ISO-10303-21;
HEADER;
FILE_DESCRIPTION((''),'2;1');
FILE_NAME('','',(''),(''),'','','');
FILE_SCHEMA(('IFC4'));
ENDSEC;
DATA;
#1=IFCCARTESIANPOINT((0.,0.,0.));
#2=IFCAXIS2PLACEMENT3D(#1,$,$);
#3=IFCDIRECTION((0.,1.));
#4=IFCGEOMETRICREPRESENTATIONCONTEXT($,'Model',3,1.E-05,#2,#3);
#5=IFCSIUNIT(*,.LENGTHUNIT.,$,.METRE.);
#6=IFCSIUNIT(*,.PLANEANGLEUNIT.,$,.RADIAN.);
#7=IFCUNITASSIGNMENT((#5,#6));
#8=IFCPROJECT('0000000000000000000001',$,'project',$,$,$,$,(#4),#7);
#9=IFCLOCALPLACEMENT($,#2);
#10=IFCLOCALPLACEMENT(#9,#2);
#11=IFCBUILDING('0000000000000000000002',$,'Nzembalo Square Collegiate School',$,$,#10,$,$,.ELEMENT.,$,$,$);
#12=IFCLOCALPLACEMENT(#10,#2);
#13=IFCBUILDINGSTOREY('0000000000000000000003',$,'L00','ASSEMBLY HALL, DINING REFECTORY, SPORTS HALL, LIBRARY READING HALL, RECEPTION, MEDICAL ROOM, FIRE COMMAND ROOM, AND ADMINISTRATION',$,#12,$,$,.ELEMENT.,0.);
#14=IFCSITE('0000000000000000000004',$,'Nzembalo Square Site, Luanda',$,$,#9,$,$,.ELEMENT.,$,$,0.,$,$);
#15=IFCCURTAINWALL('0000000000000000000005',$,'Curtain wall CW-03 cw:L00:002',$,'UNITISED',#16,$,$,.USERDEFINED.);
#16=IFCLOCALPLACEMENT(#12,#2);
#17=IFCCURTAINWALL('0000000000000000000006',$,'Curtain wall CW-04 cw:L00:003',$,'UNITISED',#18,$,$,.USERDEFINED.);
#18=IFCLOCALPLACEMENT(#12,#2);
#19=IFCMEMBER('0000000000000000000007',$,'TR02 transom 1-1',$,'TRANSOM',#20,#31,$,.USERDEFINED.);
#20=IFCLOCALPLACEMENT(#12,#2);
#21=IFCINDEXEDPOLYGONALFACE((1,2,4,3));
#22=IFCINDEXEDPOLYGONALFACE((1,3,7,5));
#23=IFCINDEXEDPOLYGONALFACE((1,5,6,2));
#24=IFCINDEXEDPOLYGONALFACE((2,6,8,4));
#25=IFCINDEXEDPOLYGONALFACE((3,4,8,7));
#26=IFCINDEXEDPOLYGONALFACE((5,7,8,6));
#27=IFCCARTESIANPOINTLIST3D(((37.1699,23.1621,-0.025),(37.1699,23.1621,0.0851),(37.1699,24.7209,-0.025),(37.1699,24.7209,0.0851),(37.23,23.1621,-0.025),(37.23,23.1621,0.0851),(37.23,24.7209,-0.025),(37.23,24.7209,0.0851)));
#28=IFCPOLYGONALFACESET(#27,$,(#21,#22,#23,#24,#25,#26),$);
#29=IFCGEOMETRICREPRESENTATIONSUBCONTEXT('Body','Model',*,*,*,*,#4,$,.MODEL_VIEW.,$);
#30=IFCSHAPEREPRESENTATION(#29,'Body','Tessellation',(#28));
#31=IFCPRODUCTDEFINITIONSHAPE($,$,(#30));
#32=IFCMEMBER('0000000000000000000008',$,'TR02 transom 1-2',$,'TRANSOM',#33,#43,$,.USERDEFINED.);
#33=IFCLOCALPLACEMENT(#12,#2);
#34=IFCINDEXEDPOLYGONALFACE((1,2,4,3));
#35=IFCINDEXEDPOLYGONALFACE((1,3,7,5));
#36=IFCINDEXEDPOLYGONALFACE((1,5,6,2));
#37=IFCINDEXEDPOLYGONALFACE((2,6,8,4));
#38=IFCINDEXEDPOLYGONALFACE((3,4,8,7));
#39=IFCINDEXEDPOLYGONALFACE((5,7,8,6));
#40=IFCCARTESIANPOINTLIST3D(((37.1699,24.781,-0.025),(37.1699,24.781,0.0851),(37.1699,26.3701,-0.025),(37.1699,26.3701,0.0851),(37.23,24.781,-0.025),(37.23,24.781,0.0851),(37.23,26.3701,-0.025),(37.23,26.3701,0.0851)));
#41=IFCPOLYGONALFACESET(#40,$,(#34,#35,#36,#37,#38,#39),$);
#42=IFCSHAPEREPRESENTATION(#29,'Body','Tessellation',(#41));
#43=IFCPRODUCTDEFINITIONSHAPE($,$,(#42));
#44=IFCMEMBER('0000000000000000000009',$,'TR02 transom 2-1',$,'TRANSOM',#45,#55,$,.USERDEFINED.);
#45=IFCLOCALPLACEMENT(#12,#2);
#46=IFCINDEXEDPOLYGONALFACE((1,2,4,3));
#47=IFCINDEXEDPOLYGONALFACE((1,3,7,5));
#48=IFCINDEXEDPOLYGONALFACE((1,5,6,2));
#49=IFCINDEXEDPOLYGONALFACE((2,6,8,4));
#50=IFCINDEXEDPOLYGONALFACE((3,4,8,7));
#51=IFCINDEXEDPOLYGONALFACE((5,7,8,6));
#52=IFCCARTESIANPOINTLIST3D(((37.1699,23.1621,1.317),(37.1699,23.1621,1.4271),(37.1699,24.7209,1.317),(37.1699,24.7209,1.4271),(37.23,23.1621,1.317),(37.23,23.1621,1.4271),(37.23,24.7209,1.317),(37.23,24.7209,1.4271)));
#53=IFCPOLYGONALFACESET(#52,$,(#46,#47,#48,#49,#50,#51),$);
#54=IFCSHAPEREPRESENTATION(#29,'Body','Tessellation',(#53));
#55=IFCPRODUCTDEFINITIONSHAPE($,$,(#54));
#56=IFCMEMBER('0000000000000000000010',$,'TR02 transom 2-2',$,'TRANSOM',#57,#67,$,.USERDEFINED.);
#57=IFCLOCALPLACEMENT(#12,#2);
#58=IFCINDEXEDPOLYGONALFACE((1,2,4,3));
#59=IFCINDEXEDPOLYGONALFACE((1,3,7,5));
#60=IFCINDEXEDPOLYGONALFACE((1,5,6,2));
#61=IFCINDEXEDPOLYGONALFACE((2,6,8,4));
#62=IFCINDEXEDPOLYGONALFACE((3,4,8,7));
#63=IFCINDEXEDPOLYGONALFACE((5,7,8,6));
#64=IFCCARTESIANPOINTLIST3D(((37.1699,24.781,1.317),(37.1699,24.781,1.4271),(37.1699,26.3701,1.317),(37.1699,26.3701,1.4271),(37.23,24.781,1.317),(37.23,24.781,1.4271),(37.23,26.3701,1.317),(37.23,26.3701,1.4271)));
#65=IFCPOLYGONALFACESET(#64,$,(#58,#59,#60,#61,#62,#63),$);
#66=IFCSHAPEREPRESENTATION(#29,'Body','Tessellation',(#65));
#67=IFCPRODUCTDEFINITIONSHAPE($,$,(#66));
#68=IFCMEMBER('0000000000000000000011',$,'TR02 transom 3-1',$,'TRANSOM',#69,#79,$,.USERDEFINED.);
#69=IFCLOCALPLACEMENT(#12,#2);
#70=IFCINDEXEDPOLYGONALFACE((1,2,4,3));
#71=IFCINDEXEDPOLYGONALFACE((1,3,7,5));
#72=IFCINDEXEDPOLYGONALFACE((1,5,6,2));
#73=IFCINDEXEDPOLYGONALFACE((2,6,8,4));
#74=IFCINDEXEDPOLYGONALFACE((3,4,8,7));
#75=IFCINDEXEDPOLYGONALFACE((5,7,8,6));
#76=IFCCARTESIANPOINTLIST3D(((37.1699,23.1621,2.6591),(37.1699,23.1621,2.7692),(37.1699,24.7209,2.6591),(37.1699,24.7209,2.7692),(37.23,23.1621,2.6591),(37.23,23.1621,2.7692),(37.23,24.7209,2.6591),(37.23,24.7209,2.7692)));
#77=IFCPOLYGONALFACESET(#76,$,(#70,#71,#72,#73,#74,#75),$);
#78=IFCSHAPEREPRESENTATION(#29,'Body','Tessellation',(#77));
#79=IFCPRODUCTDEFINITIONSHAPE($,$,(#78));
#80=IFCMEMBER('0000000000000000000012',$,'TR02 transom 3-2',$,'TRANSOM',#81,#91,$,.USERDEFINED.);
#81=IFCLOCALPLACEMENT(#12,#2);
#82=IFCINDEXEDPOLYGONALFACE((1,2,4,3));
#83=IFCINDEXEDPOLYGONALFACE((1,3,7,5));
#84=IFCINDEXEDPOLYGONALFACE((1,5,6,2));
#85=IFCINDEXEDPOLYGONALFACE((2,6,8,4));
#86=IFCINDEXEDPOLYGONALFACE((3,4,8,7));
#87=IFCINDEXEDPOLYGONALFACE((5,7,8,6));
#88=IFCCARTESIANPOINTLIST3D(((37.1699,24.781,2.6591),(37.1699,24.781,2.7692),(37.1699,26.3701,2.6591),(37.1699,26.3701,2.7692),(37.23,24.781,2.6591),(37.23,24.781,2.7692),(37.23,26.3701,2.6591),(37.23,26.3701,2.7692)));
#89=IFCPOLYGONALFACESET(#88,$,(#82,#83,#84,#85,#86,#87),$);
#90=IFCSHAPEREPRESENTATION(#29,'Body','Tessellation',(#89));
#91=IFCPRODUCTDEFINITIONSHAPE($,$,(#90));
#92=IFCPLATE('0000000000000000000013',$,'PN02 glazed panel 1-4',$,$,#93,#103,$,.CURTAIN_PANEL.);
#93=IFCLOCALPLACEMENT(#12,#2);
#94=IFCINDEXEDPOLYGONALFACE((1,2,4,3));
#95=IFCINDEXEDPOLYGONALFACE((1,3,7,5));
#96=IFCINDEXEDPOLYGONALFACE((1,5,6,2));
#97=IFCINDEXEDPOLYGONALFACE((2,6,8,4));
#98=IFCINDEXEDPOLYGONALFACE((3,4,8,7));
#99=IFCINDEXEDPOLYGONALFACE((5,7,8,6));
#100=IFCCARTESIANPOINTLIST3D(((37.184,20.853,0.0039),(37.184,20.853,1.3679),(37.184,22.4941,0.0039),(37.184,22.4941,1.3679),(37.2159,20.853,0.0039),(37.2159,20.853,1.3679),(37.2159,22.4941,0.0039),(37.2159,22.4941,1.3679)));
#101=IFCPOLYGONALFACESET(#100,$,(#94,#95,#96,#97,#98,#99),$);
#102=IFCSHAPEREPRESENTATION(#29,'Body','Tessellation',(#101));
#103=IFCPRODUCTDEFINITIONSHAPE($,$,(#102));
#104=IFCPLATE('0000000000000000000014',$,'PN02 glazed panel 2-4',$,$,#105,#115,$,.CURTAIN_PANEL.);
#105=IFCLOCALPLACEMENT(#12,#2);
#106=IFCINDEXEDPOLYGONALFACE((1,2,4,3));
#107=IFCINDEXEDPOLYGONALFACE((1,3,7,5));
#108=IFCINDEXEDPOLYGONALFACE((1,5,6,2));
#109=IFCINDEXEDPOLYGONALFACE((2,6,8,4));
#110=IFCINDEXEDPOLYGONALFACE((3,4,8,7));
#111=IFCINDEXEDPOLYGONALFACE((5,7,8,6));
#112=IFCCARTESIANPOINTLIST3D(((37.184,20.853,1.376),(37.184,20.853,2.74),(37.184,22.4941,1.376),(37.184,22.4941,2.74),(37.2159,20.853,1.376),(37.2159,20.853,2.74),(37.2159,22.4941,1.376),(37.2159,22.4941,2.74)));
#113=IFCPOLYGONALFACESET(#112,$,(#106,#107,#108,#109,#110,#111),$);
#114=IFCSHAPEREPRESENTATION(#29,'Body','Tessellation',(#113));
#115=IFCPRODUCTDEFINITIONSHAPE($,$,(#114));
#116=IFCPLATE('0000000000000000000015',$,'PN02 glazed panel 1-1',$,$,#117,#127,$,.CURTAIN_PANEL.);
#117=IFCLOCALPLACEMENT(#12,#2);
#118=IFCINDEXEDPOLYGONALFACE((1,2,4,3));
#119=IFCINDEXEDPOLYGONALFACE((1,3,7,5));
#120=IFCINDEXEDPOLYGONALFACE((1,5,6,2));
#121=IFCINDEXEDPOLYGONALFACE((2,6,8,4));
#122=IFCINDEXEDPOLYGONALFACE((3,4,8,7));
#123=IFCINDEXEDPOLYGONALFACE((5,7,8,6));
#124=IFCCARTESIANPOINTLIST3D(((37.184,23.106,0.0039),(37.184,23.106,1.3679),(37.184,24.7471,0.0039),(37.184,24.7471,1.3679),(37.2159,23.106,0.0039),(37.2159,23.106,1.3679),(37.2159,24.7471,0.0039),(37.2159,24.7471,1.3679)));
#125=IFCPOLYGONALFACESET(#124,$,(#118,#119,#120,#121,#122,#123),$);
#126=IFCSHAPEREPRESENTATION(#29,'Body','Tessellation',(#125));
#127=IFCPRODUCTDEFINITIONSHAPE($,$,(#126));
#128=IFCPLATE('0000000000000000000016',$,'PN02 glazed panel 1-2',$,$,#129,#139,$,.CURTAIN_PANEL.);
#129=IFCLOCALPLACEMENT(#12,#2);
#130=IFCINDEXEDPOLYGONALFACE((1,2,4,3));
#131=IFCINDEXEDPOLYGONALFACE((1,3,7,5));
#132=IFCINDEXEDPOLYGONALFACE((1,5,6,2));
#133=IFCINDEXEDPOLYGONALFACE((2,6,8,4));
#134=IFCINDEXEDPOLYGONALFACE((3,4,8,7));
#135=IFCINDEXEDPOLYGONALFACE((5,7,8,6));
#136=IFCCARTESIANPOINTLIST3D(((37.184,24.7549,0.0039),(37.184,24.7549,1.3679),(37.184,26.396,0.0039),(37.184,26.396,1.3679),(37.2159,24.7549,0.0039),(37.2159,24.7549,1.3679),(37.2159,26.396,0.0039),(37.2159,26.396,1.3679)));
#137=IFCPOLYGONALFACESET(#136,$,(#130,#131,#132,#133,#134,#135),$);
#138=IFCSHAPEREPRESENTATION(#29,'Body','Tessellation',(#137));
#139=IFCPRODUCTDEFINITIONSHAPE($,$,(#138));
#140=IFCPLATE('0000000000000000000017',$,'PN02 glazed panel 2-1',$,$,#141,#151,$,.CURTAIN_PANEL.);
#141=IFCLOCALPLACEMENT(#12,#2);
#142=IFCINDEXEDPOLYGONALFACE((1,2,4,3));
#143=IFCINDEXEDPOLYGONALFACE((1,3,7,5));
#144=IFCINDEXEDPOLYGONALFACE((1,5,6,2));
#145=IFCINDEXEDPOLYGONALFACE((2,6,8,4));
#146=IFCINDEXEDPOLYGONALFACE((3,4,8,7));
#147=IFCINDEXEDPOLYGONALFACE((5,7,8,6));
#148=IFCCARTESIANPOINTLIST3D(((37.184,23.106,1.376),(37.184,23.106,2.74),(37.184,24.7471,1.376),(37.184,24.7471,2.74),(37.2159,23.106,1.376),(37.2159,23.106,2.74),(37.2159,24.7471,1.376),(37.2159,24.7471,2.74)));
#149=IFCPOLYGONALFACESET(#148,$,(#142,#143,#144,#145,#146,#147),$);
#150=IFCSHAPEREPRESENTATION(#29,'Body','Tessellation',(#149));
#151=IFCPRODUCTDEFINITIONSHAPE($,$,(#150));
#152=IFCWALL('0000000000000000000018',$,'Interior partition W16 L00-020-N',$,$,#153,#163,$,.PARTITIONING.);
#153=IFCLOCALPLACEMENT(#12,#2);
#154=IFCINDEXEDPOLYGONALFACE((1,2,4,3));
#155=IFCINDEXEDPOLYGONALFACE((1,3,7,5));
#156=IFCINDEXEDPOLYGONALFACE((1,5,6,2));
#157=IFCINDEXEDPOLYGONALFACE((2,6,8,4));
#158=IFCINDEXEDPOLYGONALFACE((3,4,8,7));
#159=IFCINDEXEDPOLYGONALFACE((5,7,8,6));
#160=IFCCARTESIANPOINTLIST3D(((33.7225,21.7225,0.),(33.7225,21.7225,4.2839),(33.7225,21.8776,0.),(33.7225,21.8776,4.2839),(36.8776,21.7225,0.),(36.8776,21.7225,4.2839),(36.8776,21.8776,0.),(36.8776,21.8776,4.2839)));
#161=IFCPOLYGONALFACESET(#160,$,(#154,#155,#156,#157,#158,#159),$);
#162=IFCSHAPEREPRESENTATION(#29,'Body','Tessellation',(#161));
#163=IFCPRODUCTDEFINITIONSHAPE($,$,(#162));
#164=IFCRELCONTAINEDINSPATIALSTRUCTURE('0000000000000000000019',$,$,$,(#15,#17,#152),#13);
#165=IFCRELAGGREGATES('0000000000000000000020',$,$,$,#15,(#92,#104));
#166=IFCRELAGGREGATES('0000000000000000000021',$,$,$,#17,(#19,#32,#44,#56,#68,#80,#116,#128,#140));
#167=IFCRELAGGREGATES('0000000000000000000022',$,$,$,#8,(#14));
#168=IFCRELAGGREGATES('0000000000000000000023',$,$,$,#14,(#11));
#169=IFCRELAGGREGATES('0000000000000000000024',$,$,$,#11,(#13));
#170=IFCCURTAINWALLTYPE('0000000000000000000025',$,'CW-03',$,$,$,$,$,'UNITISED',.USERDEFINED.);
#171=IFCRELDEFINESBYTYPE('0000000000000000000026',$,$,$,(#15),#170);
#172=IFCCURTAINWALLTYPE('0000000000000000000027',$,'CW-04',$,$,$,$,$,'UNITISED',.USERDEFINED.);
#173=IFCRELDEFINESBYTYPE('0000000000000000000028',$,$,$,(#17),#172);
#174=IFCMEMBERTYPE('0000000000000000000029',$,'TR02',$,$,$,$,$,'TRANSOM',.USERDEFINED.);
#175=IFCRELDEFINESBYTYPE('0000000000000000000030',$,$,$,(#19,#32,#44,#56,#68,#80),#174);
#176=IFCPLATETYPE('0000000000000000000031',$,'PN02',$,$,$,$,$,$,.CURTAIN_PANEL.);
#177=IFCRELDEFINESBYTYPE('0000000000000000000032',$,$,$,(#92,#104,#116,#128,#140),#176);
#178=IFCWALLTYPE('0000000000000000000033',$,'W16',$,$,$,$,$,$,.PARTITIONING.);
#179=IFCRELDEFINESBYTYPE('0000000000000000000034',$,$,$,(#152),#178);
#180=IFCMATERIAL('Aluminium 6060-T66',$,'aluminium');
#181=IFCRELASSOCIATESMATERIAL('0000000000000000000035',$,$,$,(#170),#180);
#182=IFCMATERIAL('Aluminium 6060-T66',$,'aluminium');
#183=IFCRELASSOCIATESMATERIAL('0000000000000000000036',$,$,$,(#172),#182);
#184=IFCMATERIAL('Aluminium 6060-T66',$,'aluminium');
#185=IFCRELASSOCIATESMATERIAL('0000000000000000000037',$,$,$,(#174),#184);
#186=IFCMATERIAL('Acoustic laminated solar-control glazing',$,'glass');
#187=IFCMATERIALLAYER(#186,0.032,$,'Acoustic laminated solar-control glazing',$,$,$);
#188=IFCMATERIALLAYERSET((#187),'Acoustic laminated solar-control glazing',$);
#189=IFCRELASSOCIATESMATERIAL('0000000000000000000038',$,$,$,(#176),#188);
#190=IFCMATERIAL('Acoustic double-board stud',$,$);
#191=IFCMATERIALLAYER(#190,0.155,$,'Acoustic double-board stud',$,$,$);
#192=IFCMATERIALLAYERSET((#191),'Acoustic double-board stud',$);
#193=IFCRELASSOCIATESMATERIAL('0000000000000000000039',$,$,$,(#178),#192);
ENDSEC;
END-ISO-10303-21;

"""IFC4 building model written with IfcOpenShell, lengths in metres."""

from ifc_helpers import new_model, si_unit, direction, frame, frame_2d, origin, origin_2d, place, context, subcontext, project, spatial, rectangle, extrude, material, layer, layer_set, material_profile, profile_set, type_object, element, aggregate, save


model = new_model("IFC4")

# Units and contexts
model_context = context("Model", 3, precision=1e-05, world=origin(), true_north=direction((0.0, 1.0)))
body_context = subcontext(model_context, "Body", "Model", "MODEL_VIEW")
ifc_project = project(units=[si_unit("LENGTHUNIT", "METRE"), si_unit("PLANEANGLEUNIT", "RADIAN")], contexts=[model_context])

# Site, building, storey
site_placement = place(None, origin())
site = spatial("IfcSite", under=ifc_project, at=site_placement, Name="Nzembalo Square Site, Luanda", CompositionType="ELEMENT", RefElevation=0.0)
building_placement = place(site_placement, origin())
building = spatial("IfcBuilding", under=site, at=building_placement, Name="Nzembalo Square Collegiate School", CompositionType="ELEMENT")
storey_placement = place(building_placement, origin())
storey = spatial("IfcBuildingStorey", under=building, at=storey_placement, Name="L00", Description="ASSEMBLY HALL, DINING REFECTORY, SPORTS HALL, LIBRARY READING HALL, RECEPTION, MEDICAL ROOM, FIRE COMMAND ROOM, AND ADMINISTRATION", CompositionType="ELEMENT", Elevation=0.0)

# Curtain wall
ifc_material_1 = material(Name="Aluminium 6060-T66", Category="aluminium")
curtain_wall_type_1 = type_object("IfcCurtainWallType", Name="CW-03", ElementType="UNITISED", PredefinedType="USERDEFINED", material=ifc_material_1)
curtain_wall_1_placement = place(storey_placement, origin())
curtain_wall_1 = element("IfcCurtainWall", 1, at=curtain_wall_1_placement, inside=storey, type_object=curtain_wall_type_1, Name="Curtain wall CW-03 cw:L00:002", ObjectType="UNITISED", PredefinedType="USERDEFINED")

# Curtain wall
ifc_material_2 = material(Name="Aluminium 6060-T66", Category="aluminium")
curtain_wall_type_2 = type_object("IfcCurtainWallType", Name="CW-04", ElementType="UNITISED", PredefinedType="USERDEFINED", material=ifc_material_2)
curtain_wall_2_placement = place(storey_placement, origin())
curtain_wall_2 = element("IfcCurtainWall", 2, at=curtain_wall_2_placement, inside=storey, type_object=curtain_wall_type_2, Name="Curtain wall CW-04 cw:L00:003", ObjectType="UNITISED", PredefinedType="USERDEFINED")

# Members
ifc_material_3 = material(Name="Aluminium 6060-T66", Category="aluminium")
ifc_material_profile_1 = material_profile(ifc_material_3, rectangle(XDim=0.0601, YDim=0.1101, at=origin_2d()), Name="ALU T60x110")
ifc_profile_set_1 = profile_set([ifc_material_profile_1], Name="Aluminium 6060-T66")
member_type_1 = type_object("IfcMemberType", Name="TR02", ElementType="TRANSOM", PredefinedType="USERDEFINED", material=ifc_profile_set_1)
member_1_placement = place(storey_placement, frame((37.2, 23.1621, 0.03), z_axis=(0.0, 1.0, 0.0), x_axis=(-1.0, 0.0, 0.0)))
member_1 = element("IfcMember", 3, at=member_1_placement, type_object=member_type_1, Name="TR02 transom 1-1", ObjectType="TRANSOM", PredefinedType="USERDEFINED", context=body_context, shape_type="SweptSolid", body=[
    extrude(rectangle(XDim=0.0601, YDim=0.1101, at=origin_2d()), origin(), (0.0, 0.0, 1.0), 1.5588),
])
member_2_placement = place(storey_placement, frame((37.2, 24.781, 0.03), z_axis=(0.0, 1.0, 0.0), x_axis=(-1.0, 0.0, 0.0)))
member_2 = element("IfcMember", 4, at=member_2_placement, type_object=member_type_1, Name="TR02 transom 1-2", ObjectType="TRANSOM", PredefinedType="USERDEFINED", context=body_context, shape_type="SweptSolid", body=[
    extrude(rectangle(XDim=0.0601, YDim=0.1101, at=origin_2d()), origin(), (0.0, 0.0, 1.0), 1.5891),
])
member_3_placement = place(storey_placement, frame((37.2, 23.1621, 1.3721), z_axis=(0.0, 1.0, 0.0), x_axis=(-1.0, 0.0, 0.0)))
member_3 = element("IfcMember", 5, at=member_3_placement, type_object=member_type_1, Name="TR02 transom 2-1", ObjectType="TRANSOM", PredefinedType="USERDEFINED", context=body_context, shape_type="SweptSolid", body=[
    extrude(rectangle(XDim=0.0601, YDim=0.1101, at=origin_2d()), origin(), (0.0, 0.0, 1.0), 1.5588),
])
member_4_placement = place(storey_placement, frame((37.2, 24.781, 1.3721), z_axis=(0.0, 1.0, 0.0), x_axis=(-1.0, 0.0, 0.0)))
member_4 = element("IfcMember", 6, at=member_4_placement, type_object=member_type_1, Name="TR02 transom 2-2", ObjectType="TRANSOM", PredefinedType="USERDEFINED", context=body_context, shape_type="SweptSolid", body=[
    extrude(rectangle(XDim=0.0601, YDim=0.1101, at=origin_2d()), origin(), (0.0, 0.0, 1.0), 1.5891),
])
member_5_placement = place(storey_placement, frame((37.2, 23.1621, 2.7141), z_axis=(0.0, 1.0, 0.0), x_axis=(-1.0, 0.0, 0.0)))
member_5 = element("IfcMember", 7, at=member_5_placement, type_object=member_type_1, Name="TR02 transom 3-1", ObjectType="TRANSOM", PredefinedType="USERDEFINED", context=body_context, shape_type="SweptSolid", body=[
    extrude(rectangle(XDim=0.0601, YDim=0.1101, at=origin_2d()), origin(), (0.0, 0.0, 1.0), 1.5588),
])
member_6_placement = place(storey_placement, frame((37.2, 24.781, 2.7141), z_axis=(0.0, 1.0, 0.0), x_axis=(-1.0, 0.0, 0.0)))
member_6 = element("IfcMember", 8, at=member_6_placement, type_object=member_type_1, Name="TR02 transom 3-2", ObjectType="TRANSOM", PredefinedType="USERDEFINED", context=body_context, shape_type="SweptSolid", body=[
    extrude(rectangle(XDim=0.0601, YDim=0.1101, at=origin_2d()), origin(), (0.0, 0.0, 1.0), 1.5891),
])

# Plates
ifc_material_4 = material(Name="Acoustic laminated solar-control glazing", Category="glass")
ifc_layer_1 = layer(ifc_material_4, 0.032, Name="Acoustic laminated solar-control glazing")
ifc_layer_set_1 = layer_set([ifc_layer_1], Name="Acoustic laminated solar-control glazing")
plate_type = type_object("IfcPlateType", Name="PN02", PredefinedType="CURTAIN_PANEL", material=ifc_layer_set_1)
plate_1_placement = place(storey_placement, frame((37.2, 21.6736, 0.0039), z_axis=(0.0, 0.0, 1.0), x_axis=(0.0, 1.0, 0.0)))
plate_1 = element("IfcPlate", 9, at=plate_1_placement, type_object=plate_type, Name="PN02 glazed panel 1-4", PredefinedType="CURTAIN_PANEL", context=body_context, shape_type="SweptSolid", body=[
    extrude(rectangle(XDim=1.6411, YDim=0.032, at=origin_2d()), origin(), (0.0, 0.0, 1.0), 1.364),
])
plate_2_placement = place(storey_placement, frame((37.2, 21.6736, 1.376), z_axis=(0.0, 0.0, 1.0), x_axis=(0.0, 1.0, 0.0)))
plate_2 = element("IfcPlate", 10, at=plate_2_placement, type_object=plate_type, Name="PN02 glazed panel 2-4", PredefinedType="CURTAIN_PANEL", context=body_context, shape_type="SweptSolid", body=[
    extrude(rectangle(XDim=1.6411, YDim=0.032, at=origin_2d()), origin(), (0.0, 0.0, 1.0), 1.364),
])
aggregate(curtain_wall_1, [plate_1, plate_2])
plate_3_placement = place(storey_placement, frame((37.2, 23.9265, 0.0039), z_axis=(0.0, 0.0, 1.0), x_axis=(0.0, 1.0, 0.0)))
plate_3 = element("IfcPlate", 11, at=plate_3_placement, type_object=plate_type, Name="PN02 glazed panel 1-1", PredefinedType="CURTAIN_PANEL", context=body_context, shape_type="SweptSolid", body=[
    extrude(rectangle(XDim=1.6411, YDim=0.032, at=origin_2d()), origin(), (0.0, 0.0, 1.0), 1.364),
])
plate_4_placement = place(storey_placement, frame((37.2, 25.5754, 0.0039), z_axis=(0.0, 0.0, 1.0), x_axis=(0.0, 1.0, 0.0)))
plate_4 = element("IfcPlate", 12, at=plate_4_placement, type_object=plate_type, Name="PN02 glazed panel 1-2", PredefinedType="CURTAIN_PANEL", context=body_context, shape_type="SweptSolid", body=[
    extrude(rectangle(XDim=1.6411, YDim=0.032, at=origin_2d()), origin(), (0.0, 0.0, 1.0), 1.364),
])
plate_5_placement = place(storey_placement, frame((37.2, 23.9265, 1.376), z_axis=(0.0, 0.0, 1.0), x_axis=(0.0, 1.0, 0.0)))
plate_5 = element("IfcPlate", 13, at=plate_5_placement, type_object=plate_type, Name="PN02 glazed panel 2-1", PredefinedType="CURTAIN_PANEL", context=body_context, shape_type="SweptSolid", body=[
    extrude(rectangle(XDim=1.6411, YDim=0.032, at=origin_2d()), origin(), (0.0, 0.0, 1.0), 1.364),
])
aggregate(curtain_wall_2, [member_1, member_2, member_3, member_4, member_5, member_6, plate_3, plate_4, plate_5])

# Wall
ifc_material_5 = material(Name="Acoustic double-board stud")
ifc_layer_2 = layer(ifc_material_5, 0.155, Name="Acoustic double-board stud")
ifc_layer_set_2 = layer_set([ifc_layer_2], Name="Acoustic double-board stud")
wall_type_1 = type_object("IfcWallType", Name="W16", PredefinedType="PARTITIONING", material=ifc_layer_set_2)
wall_1_placement = place(storey_placement, frame((33.7224, 21.8, 0.0), z_axis=(0.0, 0.0, 1.0), x_axis=(1.0, 0.0, 0.0)))
element("IfcWall", 14, at=wall_1_placement, inside=storey, type_object=wall_type_1, Name="Interior partition W16 L00-020-N", PredefinedType="PARTITIONING", context=body_context, shape_type="SweptSolid", body=[
    extrude(rectangle(XDim=3.155, YDim=0.155, at=frame_2d((1.5776, 0.0))), origin(), (0.0, 0.0, 1.0), 4.2839),
])

save(model, "model.ifc")
